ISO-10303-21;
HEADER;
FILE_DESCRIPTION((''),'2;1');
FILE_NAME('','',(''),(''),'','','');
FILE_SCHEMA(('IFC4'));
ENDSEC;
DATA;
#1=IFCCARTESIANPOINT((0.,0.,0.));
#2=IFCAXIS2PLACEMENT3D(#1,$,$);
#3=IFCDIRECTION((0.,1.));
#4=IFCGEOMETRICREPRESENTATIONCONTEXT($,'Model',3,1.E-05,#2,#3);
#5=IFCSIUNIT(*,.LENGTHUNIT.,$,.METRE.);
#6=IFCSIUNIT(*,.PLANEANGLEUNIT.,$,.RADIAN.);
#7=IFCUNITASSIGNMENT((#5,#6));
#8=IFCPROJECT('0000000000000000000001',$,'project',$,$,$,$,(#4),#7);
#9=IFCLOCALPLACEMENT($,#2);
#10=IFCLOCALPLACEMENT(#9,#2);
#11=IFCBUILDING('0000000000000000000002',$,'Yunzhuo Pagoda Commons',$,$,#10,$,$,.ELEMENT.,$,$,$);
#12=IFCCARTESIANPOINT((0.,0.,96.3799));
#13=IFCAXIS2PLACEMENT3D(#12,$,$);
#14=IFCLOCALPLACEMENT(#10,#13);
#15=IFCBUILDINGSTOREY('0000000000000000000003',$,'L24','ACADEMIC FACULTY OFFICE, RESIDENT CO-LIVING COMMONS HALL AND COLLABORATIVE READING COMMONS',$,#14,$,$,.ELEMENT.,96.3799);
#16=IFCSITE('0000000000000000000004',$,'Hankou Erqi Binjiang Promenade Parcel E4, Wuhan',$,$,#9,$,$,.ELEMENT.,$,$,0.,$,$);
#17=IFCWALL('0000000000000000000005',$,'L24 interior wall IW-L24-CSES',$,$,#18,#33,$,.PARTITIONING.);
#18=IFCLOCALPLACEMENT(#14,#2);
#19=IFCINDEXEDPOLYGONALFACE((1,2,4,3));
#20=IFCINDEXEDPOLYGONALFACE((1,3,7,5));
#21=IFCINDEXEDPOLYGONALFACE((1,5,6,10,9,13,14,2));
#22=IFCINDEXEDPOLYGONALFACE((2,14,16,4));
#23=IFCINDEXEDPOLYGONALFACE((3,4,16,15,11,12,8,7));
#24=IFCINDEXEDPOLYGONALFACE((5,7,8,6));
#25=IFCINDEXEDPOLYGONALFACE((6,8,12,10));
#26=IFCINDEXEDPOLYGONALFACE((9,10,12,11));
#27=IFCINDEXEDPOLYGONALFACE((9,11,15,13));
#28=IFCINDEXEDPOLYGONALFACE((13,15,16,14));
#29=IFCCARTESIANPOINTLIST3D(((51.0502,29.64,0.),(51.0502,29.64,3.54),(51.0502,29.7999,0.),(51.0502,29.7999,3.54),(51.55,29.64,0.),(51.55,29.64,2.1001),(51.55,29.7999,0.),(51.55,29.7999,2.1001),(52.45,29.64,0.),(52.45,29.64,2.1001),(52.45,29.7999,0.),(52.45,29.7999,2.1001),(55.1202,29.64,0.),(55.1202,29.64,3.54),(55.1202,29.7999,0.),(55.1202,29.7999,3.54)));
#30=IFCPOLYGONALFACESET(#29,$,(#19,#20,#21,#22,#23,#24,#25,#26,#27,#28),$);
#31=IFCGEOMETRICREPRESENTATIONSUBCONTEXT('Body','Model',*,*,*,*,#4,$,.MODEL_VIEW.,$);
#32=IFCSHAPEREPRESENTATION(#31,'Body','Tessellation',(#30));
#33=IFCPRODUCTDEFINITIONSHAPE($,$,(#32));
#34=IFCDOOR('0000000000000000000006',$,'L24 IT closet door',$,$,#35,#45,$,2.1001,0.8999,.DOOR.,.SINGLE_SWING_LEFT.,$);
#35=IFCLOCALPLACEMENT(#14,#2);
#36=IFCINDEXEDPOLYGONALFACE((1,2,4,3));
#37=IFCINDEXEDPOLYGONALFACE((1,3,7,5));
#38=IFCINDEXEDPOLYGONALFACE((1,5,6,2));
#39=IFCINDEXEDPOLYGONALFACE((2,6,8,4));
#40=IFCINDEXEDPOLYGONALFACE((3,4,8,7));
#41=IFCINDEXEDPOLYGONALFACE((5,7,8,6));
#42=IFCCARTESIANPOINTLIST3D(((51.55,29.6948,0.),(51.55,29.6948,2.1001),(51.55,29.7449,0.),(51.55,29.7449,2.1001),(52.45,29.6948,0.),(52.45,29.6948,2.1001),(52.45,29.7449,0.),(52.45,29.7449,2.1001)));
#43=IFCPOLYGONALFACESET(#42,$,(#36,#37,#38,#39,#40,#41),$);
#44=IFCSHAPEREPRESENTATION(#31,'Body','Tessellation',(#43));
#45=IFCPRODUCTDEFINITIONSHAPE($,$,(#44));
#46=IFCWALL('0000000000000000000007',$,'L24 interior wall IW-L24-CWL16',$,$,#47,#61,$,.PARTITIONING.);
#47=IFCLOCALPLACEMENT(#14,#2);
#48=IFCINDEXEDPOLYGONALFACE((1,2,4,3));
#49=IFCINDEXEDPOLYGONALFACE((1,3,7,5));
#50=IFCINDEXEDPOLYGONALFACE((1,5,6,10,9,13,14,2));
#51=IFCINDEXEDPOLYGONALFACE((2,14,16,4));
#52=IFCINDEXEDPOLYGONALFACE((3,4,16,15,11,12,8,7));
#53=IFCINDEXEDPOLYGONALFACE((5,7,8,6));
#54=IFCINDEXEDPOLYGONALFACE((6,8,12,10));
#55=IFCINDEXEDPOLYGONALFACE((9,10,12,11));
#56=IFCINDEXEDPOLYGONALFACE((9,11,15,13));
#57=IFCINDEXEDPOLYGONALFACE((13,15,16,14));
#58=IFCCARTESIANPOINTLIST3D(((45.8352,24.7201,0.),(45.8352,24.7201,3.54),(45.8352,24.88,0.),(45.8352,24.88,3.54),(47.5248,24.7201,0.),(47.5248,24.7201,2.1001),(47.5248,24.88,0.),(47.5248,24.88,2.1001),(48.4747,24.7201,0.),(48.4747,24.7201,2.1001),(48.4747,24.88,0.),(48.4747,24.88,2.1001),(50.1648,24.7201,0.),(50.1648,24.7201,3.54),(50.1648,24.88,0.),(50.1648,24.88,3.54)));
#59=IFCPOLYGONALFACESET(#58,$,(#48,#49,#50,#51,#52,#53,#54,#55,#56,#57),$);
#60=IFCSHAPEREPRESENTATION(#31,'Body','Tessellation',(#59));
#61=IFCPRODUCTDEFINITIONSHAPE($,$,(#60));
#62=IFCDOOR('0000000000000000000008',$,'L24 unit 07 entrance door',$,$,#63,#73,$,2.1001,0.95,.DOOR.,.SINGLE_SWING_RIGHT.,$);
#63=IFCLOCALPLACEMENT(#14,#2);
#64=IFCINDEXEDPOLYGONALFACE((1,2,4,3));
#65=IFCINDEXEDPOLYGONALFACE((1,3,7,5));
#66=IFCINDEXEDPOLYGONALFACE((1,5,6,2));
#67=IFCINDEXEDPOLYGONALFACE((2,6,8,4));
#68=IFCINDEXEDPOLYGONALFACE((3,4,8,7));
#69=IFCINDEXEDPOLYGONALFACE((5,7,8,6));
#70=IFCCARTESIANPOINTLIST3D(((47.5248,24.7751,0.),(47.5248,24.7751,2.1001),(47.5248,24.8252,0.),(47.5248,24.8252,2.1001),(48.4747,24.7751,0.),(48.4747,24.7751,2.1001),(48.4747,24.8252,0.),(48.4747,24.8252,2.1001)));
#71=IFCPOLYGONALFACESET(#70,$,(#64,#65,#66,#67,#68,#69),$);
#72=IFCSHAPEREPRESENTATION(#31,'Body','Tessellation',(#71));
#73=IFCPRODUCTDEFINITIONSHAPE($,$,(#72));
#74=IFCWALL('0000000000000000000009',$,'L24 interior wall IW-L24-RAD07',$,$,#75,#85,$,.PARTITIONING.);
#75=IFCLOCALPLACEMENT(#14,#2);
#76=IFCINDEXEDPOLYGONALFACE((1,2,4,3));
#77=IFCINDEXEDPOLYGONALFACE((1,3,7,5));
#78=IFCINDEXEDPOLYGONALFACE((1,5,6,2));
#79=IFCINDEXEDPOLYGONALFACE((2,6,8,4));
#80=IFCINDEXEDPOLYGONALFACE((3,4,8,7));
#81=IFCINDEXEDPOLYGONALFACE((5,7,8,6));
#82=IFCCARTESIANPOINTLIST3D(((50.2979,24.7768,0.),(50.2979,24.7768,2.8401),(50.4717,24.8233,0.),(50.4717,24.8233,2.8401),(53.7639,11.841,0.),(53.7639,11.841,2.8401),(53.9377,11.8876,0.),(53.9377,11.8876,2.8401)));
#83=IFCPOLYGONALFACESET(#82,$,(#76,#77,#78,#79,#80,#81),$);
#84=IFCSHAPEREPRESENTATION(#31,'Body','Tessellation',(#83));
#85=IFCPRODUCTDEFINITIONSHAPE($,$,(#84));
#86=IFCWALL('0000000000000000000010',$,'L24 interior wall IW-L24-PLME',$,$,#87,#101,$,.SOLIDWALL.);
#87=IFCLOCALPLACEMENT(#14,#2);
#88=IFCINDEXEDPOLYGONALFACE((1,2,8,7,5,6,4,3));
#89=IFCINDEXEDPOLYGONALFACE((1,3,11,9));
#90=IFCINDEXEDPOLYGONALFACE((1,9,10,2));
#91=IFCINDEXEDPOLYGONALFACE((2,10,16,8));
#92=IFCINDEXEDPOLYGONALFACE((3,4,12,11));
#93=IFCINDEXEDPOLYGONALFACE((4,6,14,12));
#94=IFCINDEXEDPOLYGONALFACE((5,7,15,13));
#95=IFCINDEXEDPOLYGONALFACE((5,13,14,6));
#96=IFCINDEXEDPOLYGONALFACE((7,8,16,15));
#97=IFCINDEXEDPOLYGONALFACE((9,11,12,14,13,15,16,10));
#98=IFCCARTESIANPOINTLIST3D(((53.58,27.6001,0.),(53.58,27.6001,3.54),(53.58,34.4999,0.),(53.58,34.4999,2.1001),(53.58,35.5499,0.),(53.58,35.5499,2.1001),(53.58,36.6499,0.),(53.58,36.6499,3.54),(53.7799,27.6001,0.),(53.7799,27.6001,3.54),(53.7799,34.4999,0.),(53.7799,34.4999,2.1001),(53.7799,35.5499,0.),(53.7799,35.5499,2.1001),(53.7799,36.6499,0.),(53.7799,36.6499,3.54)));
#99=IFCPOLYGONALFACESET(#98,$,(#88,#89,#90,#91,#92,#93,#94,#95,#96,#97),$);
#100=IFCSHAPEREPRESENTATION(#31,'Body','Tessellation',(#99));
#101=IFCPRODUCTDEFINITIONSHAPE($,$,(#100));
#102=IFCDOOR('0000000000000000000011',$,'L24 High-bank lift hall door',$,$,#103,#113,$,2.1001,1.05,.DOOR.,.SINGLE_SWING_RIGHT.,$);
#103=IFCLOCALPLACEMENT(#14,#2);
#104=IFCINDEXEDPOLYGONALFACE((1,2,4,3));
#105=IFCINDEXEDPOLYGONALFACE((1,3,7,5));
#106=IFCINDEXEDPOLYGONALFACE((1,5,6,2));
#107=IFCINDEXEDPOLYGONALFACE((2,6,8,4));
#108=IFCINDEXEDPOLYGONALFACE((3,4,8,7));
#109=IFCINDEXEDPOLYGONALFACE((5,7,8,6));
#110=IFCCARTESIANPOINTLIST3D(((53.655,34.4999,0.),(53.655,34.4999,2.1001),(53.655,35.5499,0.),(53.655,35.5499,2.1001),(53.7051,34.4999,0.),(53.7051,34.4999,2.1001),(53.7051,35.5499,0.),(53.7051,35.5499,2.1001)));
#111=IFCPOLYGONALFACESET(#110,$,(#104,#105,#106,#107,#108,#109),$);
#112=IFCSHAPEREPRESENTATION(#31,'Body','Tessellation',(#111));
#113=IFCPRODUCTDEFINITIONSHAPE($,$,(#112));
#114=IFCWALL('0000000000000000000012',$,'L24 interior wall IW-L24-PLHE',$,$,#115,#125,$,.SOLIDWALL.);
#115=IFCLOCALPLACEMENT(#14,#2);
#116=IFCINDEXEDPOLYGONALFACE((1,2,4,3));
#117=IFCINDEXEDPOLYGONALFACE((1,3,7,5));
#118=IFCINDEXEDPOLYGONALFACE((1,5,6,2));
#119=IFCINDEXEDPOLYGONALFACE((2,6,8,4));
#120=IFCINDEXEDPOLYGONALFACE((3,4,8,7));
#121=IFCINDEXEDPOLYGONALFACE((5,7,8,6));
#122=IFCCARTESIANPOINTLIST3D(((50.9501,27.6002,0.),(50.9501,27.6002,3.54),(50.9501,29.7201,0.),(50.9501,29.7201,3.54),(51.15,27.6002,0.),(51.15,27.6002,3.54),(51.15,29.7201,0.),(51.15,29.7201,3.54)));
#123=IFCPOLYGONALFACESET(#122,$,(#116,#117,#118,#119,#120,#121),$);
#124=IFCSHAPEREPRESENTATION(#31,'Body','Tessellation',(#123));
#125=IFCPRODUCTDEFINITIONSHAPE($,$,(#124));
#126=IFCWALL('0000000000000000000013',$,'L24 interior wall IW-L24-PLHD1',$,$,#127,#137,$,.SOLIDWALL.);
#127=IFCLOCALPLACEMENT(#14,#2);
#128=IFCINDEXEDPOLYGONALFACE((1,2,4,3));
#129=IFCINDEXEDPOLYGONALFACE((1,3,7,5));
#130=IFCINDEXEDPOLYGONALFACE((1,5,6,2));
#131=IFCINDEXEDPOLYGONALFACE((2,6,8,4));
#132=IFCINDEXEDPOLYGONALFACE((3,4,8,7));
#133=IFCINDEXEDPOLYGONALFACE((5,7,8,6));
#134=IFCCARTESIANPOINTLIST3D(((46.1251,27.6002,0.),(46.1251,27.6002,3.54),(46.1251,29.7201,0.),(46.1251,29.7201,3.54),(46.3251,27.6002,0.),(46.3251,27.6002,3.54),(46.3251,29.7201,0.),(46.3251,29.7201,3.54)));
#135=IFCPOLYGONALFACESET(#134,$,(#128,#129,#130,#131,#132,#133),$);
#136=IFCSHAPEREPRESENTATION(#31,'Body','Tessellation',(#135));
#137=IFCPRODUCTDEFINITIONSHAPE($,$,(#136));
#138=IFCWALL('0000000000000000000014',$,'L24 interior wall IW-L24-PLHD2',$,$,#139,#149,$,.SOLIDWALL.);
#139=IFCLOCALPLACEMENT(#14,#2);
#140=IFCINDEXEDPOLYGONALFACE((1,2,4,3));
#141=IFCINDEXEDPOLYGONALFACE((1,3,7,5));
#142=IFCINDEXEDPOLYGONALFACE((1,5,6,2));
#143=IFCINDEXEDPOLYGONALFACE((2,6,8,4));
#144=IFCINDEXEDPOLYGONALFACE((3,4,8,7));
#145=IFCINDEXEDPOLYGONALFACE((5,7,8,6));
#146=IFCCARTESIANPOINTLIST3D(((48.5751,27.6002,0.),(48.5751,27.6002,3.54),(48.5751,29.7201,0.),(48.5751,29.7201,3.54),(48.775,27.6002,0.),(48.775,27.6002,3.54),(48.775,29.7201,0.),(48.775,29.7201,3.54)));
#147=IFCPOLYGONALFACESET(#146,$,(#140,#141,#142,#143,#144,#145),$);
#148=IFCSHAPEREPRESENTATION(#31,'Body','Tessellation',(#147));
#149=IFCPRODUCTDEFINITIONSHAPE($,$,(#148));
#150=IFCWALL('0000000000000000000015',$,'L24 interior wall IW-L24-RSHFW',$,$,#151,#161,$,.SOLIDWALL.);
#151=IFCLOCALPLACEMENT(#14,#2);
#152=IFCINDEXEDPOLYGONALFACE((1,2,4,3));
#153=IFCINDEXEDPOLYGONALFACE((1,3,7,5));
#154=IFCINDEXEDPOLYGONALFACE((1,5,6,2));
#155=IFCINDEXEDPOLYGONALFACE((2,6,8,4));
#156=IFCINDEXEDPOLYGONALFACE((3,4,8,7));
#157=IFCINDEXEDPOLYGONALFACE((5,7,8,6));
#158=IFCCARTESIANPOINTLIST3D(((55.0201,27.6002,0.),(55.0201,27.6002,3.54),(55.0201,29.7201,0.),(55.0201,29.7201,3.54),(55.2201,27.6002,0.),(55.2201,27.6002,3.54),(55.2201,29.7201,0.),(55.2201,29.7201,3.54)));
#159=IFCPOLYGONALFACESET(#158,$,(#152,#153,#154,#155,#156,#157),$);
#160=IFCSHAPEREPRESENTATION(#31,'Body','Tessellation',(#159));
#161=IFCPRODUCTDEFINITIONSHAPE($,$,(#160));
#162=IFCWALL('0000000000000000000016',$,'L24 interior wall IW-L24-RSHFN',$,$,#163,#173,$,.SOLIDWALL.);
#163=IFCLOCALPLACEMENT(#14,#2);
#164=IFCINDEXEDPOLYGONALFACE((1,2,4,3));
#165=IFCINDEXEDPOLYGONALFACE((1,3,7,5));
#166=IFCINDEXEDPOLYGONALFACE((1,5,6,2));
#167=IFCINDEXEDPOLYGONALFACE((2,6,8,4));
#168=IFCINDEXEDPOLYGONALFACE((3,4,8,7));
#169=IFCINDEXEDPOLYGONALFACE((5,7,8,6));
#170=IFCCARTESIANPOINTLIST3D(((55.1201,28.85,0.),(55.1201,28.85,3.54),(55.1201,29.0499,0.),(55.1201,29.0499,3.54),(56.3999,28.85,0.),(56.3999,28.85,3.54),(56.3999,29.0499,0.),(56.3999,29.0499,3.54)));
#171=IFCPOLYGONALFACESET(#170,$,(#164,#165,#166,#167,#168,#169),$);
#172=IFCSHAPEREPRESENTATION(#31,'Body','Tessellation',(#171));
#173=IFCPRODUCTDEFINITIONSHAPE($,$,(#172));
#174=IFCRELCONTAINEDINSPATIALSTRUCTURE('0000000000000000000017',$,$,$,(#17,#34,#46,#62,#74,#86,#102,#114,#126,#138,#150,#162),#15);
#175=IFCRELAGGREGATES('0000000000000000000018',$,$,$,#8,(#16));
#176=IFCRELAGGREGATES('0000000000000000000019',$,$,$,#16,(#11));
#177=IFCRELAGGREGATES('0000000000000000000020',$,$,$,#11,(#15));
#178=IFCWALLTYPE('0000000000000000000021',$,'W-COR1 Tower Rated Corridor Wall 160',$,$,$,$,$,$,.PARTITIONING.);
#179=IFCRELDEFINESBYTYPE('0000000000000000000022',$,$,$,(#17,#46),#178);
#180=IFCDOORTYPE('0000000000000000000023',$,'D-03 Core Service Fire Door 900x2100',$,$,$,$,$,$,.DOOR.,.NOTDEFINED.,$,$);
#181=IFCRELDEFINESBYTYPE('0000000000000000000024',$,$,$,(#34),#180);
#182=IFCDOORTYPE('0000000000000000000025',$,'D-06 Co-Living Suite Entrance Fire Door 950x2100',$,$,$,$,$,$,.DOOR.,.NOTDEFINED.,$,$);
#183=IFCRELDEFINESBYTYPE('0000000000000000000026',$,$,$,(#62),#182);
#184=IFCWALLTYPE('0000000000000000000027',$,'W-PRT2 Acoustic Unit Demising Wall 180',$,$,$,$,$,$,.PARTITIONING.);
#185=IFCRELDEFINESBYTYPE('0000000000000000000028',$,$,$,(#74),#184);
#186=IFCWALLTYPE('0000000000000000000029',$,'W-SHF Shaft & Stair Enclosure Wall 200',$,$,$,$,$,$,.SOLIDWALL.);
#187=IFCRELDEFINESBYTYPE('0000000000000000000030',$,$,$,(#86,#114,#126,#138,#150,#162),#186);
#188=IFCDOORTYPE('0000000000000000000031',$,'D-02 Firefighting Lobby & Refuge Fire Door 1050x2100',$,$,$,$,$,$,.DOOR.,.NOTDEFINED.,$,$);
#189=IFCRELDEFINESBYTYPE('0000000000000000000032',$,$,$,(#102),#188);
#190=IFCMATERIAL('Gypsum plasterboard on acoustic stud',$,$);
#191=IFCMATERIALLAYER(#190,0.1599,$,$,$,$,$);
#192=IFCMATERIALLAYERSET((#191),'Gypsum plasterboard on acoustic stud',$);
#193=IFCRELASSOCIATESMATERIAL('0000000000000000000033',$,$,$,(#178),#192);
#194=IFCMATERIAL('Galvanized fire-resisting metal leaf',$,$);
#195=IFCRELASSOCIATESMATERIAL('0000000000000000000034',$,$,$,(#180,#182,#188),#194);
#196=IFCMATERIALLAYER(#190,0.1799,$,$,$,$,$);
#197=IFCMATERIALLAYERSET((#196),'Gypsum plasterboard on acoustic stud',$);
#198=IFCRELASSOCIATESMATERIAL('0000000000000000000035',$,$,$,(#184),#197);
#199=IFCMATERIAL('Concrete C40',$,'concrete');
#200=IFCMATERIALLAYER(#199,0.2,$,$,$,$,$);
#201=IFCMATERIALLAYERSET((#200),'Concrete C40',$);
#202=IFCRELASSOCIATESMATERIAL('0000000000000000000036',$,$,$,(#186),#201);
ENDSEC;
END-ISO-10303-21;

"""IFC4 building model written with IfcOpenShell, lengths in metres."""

from ifc_helpers import new_model, si_unit, direction, frame, frame_2d, origin, origin_with_axes, place, context, subcontext, project, spatial, rectangle, extrude, source, transform, mapped, material, layer, layer_set, type_object, element, fill, save


model = new_model("IFC4")

# Units and contexts
model_context = context("Model", 3, precision=1e-05, world=origin(), true_north=direction((0.0, 1.0)))
body_context = subcontext(model_context, "Body", "Model", "MODEL_VIEW")
ifc_project = project(units=[si_unit("LENGTHUNIT", "METRE"), si_unit("PLANEANGLEUNIT", "RADIAN")], contexts=[model_context])

# Site, building, storey
site_placement = place(None, origin())
site = spatial("IfcSite", under=ifc_project, at=site_placement, Name="Hankou Erqi Binjiang Promenade Parcel E4, Wuhan", CompositionType="ELEMENT", RefElevation=0.0)
building_placement = place(site_placement, origin())
building = spatial("IfcBuilding", under=site, at=building_placement, Name="Yunzhuo Pagoda Commons", CompositionType="ELEMENT")
storey_placement = place(building_placement, frame((0.0, 0.0, 96.3799)))
storey = spatial("IfcBuildingStorey", under=building, at=storey_placement, Name="L24", Description="ACADEMIC FACULTY OFFICE, RESIDENT CO-LIVING COMMONS HALL AND COLLABORATIVE READING COMMONS", CompositionType="ELEMENT", Elevation=96.3799)

# Walls, openings, doors
ifc_material_1 = material(Name="Gypsum plasterboard on acoustic stud")
ifc_layer_1 = layer(ifc_material_1, 0.1599)
ifc_layer_set_1 = layer_set([ifc_layer_1], Name="Gypsum plasterboard on acoustic stud")
wall_type_1 = type_object("IfcWallType", Name="W-COR1 Tower Rated Corridor Wall 160", PredefinedType="PARTITIONING", material=ifc_layer_set_1)
wall_1_placement = place(storey_placement, frame((51.05, 29.72, 0.0), z_axis=(0.0, 0.0, 1.0), x_axis=(1.0, 0.0, 0.0)))
wall_1 = element("IfcWall", 1, at=wall_1_placement, inside=storey, type_object=wall_type_1, Name="L24 interior wall IW-L24-CSES", PredefinedType="PARTITIONING", context=body_context, shape_type="SweptSolid", body=[
    extrude(rectangle(XDim=4.0701, YDim=0.1599, at=frame_2d((2.0352, 0.0))), origin(), (0.0, 0.0, 1.0), 3.54),
])
opening_1_placement = place(wall_1_placement, frame((0.5, 0.0, 0.0)))
opening_1 = element("IfcOpeningElement", 2, at=opening_1_placement, cuts=wall_1, PredefinedType="OPENING", context=body_context, shape_type="SweptSolid", body=[
    extrude(rectangle(XDim=0.8999, YDim=2.1001, at=frame_2d((0.45, 1.05))), frame((0.0, 0.0898, 0.0), z_axis=(0.0, -1.0, 0.0), x_axis=(1.0, 0.0, 0.0)), (0.0, 0.0, 1.0), 0.1799),
])
ifc_material_2 = material(Name="Galvanized fire-resisting metal leaf")
door_type_1 = type_object("IfcDoorType", Name="D-03 Core Service Fire Door 900x2100", OperationType="NOTDEFINED", PredefinedType="DOOR", material=ifc_material_2)
shared_shape_1 = source(origin(), body_context, "Body", "SweptSolid", [
    extrude(rectangle(XDim=0.8999, YDim=2.1001, at=frame_2d((0.45, 1.05))), frame((0.0, 0.0249, 0.0), z_axis=(0.0, -1.0, 0.0), x_axis=(1.0, 0.0, 0.0)), (0.0, 0.0, 1.0), 0.05),
])
door_1_placement = place(opening_1_placement, origin_with_axes())
door_1 = element("IfcDoor", 3, at=door_1_placement, inside=storey, type_object=door_type_1, Name="L24 IT closet door", OperationType="SINGLE_SWING_LEFT", OverallHeight=2.1001, OverallWidth=0.8999, PredefinedType="DOOR", context=body_context, shape_type="MappedRepresentation", body=[
    mapped(shared_shape_1, transform((0.0, 0.0, 0.0), scale=1.0)),
])
fill(opening_1, door_1)
wall_2_placement = place(storey_placement, frame((50.1648, 24.8, 0.0), z_axis=(0.0, 0.0, 1.0), x_axis=(-1.0, 0.0, 0.0)))
wall_2 = element("IfcWall", 4, at=wall_2_placement, inside=storey, type_object=wall_type_1, Name="L24 interior wall IW-L24-CWL16", PredefinedType="PARTITIONING", context=body_context, shape_type="SweptSolid", body=[
    extrude(rectangle(XDim=4.3296, YDim=0.1599, at=frame_2d((2.1648, 0.0))), origin(), (0.0, 0.0, 1.0), 3.54),
])
opening_2_placement = place(wall_2_placement, frame((1.6899, 0.0, 0.0)))
opening_2 = element("IfcOpeningElement", 5, at=opening_2_placement, cuts=wall_2, PredefinedType="OPENING", context=body_context, shape_type="SweptSolid", body=[
    extrude(rectangle(XDim=0.95, YDim=2.1001, at=frame_2d((0.4751, 1.05))), frame((0.0, 0.0898, 0.0), z_axis=(0.0, -1.0, 0.0), x_axis=(1.0, 0.0, 0.0)), (0.0, 0.0, 1.0), 0.1799),
])
door_type_2 = type_object("IfcDoorType", Name="D-06 Co-Living Suite Entrance Fire Door 950x2100", OperationType="NOTDEFINED", PredefinedType="DOOR", material=ifc_material_2)
shared_shape_2 = source(origin(), body_context, "Body", "SweptSolid", [
    extrude(rectangle(XDim=0.95, YDim=2.1001, at=frame_2d((0.4751, 1.05))), frame((0.0, 0.0249, 0.0), z_axis=(0.0, -1.0, 0.0), x_axis=(1.0, 0.0, 0.0)), (0.0, 0.0, 1.0), 0.05),
])
door_2_placement = place(opening_2_placement, origin_with_axes())
door_2 = element("IfcDoor", 6, at=door_2_placement, inside=storey, type_object=door_type_2, Name="L24 unit 07 entrance door", OperationType="SINGLE_SWING_RIGHT", OverallHeight=2.1001, OverallWidth=0.95, PredefinedType="DOOR", context=body_context, shape_type="MappedRepresentation", body=[
    mapped(shared_shape_2, transform((0.0, 0.0, 0.0), scale=1.0)),
])
fill(opening_2, door_2)

# Wall
ifc_layer_2 = layer(ifc_material_1, 0.1799)
ifc_layer_set_2 = layer_set([ifc_layer_2], Name="Gypsum plasterboard on acoustic stud")
wall_type_2 = type_object("IfcWallType", Name="W-PRT2 Acoustic Unit Demising Wall 180", PredefinedType="PARTITIONING", material=ifc_layer_set_2)
wall_3_placement = place(storey_placement, frame((50.3848, 24.8, 0.0), z_axis=(0.0, 0.0, 1.0), x_axis=(0.258814, -0.965927, 0.0)))
element("IfcWall", 7, at=wall_3_placement, inside=storey, type_object=wall_type_2, Name="L24 interior wall IW-L24-RAD07", PredefinedType="PARTITIONING", context=body_context, shape_type="SweptSolid", body=[
    extrude(rectangle(XDim=13.3921, YDim=0.1799, at=frame_2d((6.696, 0.0))), origin(), (0.0, 0.0, 1.0), 2.8401),
])

# Wall, opening, door
ifc_material_3 = material(Name="Concrete C40", Category="concrete")
ifc_layer_3 = layer(ifc_material_3, 0.2)
ifc_layer_set_3 = layer_set([ifc_layer_3], Name="Concrete C40")
wall_type_3 = type_object("IfcWallType", Name="W-SHF Shaft & Stair Enclosure Wall 200", PredefinedType="SOLIDWALL", material=ifc_layer_set_3)
wall_4_placement = place(storey_placement, frame((53.6799, 27.6001, 0.0), z_axis=(0.0, 0.0, 1.0), x_axis=(0.0, 1.0, 0.0)))
wall_4 = element("IfcWall", 8, at=wall_4_placement, inside=storey, type_object=wall_type_3, Name="L24 interior wall IW-L24-PLME", PredefinedType="SOLIDWALL", context=body_context, shape_type="SweptSolid", body=[
    extrude(rectangle(XDim=9.0498, YDim=0.2, at=frame_2d((4.5249, 0.0))), origin(), (0.0, 0.0, 1.0), 3.54),
])
opening_3_placement = place(wall_4_placement, frame((6.8999, 0.0, 0.0)))
opening_3 = element("IfcOpeningElement", 9, at=opening_3_placement, cuts=wall_4, PredefinedType="OPENING", context=body_context, shape_type="SweptSolid", body=[
    extrude(rectangle(XDim=1.05, YDim=2.1001, at=frame_2d((0.5249, 1.05))), frame((0.0, 0.1099, 0.0), z_axis=(0.0, -1.0, 0.0), x_axis=(1.0, 0.0, 0.0)), (0.0, 0.0, 1.0), 0.22),
])
door_type_3 = type_object("IfcDoorType", Name="D-02 Firefighting Lobby & Refuge Fire Door 1050x2100", OperationType="NOTDEFINED", PredefinedType="DOOR", material=ifc_material_2)
shared_shape_3 = source(origin(), body_context, "Body", "SweptSolid", [
    extrude(rectangle(XDim=1.05, YDim=2.1001, at=frame_2d((0.5249, 1.05))), frame((0.0, 0.0249, 0.0), z_axis=(0.0, -1.0, 0.0), x_axis=(1.0, 0.0, 0.0)), (0.0, 0.0, 1.0), 0.05),
])
door_3_placement = place(opening_3_placement, origin_with_axes())
door_3 = element("IfcDoor", 10, at=door_3_placement, inside=storey, type_object=door_type_3, Name="L24 High-bank lift hall door", OperationType="SINGLE_SWING_RIGHT", OverallHeight=2.1001, OverallWidth=1.05, PredefinedType="DOOR", context=body_context, shape_type="MappedRepresentation", body=[
    mapped(shared_shape_3, transform((0.0, 0.0, 0.0), scale=1.0)),
])
fill(opening_3, door_3)

# Walls
for number, where, z_axis, x_axis, name in (
    (11, (51.05, 27.6001, 0.0), (0.0, 0.0, 1.0), (0.0, 1.0, 0.0), "L24 interior wall IW-L24-PLHE"),
    (12, (46.2251, 27.6001, 0.0), (0.0, 0.0, 1.0), (0.0, 1.0, 0.0), "L24 interior wall IW-L24-PLHD1"),
    (13, (48.675, 27.6001, 0.0), (0.0, 0.0, 1.0), (0.0, 1.0, 0.0), "L24 interior wall IW-L24-PLHD2"),
    (14, (55.1201, 27.6001, 0.0), (0.0, 0.0, 1.0), (0.0, 1.0, 0.0), "L24 interior wall IW-L24-RSHFW"),
):
    element("IfcWall", number, at=place(storey_placement, frame(where, z_axis=z_axis, x_axis=x_axis)), inside=storey, type_object=wall_type_3, Name=name, PredefinedType="SOLIDWALL", context=body_context, shape_type="SweptSolid", body=[
        extrude(rectangle(XDim=2.1199, YDim=0.2, at=frame_2d((1.0601, 0.0))), origin(), (0.0, 0.0, 1.0), 3.54),
    ])
wall_5_placement = place(storey_placement, frame((55.1201, 28.95, 0.0), z_axis=(0.0, 0.0, 1.0), x_axis=(1.0, 0.0, 0.0)))
element("IfcWall", 15, at=wall_5_placement, inside=storey, type_object=wall_type_3, Name="L24 interior wall IW-L24-RSHFN", PredefinedType="SOLIDWALL", context=body_context, shape_type="SweptSolid", body=[
    extrude(rectangle(XDim=1.2798, YDim=0.2, at=frame_2d((0.6399, 0.0))), origin(), (0.0, 0.0, 1.0), 3.54),
])

save(model, "model.ifc")
